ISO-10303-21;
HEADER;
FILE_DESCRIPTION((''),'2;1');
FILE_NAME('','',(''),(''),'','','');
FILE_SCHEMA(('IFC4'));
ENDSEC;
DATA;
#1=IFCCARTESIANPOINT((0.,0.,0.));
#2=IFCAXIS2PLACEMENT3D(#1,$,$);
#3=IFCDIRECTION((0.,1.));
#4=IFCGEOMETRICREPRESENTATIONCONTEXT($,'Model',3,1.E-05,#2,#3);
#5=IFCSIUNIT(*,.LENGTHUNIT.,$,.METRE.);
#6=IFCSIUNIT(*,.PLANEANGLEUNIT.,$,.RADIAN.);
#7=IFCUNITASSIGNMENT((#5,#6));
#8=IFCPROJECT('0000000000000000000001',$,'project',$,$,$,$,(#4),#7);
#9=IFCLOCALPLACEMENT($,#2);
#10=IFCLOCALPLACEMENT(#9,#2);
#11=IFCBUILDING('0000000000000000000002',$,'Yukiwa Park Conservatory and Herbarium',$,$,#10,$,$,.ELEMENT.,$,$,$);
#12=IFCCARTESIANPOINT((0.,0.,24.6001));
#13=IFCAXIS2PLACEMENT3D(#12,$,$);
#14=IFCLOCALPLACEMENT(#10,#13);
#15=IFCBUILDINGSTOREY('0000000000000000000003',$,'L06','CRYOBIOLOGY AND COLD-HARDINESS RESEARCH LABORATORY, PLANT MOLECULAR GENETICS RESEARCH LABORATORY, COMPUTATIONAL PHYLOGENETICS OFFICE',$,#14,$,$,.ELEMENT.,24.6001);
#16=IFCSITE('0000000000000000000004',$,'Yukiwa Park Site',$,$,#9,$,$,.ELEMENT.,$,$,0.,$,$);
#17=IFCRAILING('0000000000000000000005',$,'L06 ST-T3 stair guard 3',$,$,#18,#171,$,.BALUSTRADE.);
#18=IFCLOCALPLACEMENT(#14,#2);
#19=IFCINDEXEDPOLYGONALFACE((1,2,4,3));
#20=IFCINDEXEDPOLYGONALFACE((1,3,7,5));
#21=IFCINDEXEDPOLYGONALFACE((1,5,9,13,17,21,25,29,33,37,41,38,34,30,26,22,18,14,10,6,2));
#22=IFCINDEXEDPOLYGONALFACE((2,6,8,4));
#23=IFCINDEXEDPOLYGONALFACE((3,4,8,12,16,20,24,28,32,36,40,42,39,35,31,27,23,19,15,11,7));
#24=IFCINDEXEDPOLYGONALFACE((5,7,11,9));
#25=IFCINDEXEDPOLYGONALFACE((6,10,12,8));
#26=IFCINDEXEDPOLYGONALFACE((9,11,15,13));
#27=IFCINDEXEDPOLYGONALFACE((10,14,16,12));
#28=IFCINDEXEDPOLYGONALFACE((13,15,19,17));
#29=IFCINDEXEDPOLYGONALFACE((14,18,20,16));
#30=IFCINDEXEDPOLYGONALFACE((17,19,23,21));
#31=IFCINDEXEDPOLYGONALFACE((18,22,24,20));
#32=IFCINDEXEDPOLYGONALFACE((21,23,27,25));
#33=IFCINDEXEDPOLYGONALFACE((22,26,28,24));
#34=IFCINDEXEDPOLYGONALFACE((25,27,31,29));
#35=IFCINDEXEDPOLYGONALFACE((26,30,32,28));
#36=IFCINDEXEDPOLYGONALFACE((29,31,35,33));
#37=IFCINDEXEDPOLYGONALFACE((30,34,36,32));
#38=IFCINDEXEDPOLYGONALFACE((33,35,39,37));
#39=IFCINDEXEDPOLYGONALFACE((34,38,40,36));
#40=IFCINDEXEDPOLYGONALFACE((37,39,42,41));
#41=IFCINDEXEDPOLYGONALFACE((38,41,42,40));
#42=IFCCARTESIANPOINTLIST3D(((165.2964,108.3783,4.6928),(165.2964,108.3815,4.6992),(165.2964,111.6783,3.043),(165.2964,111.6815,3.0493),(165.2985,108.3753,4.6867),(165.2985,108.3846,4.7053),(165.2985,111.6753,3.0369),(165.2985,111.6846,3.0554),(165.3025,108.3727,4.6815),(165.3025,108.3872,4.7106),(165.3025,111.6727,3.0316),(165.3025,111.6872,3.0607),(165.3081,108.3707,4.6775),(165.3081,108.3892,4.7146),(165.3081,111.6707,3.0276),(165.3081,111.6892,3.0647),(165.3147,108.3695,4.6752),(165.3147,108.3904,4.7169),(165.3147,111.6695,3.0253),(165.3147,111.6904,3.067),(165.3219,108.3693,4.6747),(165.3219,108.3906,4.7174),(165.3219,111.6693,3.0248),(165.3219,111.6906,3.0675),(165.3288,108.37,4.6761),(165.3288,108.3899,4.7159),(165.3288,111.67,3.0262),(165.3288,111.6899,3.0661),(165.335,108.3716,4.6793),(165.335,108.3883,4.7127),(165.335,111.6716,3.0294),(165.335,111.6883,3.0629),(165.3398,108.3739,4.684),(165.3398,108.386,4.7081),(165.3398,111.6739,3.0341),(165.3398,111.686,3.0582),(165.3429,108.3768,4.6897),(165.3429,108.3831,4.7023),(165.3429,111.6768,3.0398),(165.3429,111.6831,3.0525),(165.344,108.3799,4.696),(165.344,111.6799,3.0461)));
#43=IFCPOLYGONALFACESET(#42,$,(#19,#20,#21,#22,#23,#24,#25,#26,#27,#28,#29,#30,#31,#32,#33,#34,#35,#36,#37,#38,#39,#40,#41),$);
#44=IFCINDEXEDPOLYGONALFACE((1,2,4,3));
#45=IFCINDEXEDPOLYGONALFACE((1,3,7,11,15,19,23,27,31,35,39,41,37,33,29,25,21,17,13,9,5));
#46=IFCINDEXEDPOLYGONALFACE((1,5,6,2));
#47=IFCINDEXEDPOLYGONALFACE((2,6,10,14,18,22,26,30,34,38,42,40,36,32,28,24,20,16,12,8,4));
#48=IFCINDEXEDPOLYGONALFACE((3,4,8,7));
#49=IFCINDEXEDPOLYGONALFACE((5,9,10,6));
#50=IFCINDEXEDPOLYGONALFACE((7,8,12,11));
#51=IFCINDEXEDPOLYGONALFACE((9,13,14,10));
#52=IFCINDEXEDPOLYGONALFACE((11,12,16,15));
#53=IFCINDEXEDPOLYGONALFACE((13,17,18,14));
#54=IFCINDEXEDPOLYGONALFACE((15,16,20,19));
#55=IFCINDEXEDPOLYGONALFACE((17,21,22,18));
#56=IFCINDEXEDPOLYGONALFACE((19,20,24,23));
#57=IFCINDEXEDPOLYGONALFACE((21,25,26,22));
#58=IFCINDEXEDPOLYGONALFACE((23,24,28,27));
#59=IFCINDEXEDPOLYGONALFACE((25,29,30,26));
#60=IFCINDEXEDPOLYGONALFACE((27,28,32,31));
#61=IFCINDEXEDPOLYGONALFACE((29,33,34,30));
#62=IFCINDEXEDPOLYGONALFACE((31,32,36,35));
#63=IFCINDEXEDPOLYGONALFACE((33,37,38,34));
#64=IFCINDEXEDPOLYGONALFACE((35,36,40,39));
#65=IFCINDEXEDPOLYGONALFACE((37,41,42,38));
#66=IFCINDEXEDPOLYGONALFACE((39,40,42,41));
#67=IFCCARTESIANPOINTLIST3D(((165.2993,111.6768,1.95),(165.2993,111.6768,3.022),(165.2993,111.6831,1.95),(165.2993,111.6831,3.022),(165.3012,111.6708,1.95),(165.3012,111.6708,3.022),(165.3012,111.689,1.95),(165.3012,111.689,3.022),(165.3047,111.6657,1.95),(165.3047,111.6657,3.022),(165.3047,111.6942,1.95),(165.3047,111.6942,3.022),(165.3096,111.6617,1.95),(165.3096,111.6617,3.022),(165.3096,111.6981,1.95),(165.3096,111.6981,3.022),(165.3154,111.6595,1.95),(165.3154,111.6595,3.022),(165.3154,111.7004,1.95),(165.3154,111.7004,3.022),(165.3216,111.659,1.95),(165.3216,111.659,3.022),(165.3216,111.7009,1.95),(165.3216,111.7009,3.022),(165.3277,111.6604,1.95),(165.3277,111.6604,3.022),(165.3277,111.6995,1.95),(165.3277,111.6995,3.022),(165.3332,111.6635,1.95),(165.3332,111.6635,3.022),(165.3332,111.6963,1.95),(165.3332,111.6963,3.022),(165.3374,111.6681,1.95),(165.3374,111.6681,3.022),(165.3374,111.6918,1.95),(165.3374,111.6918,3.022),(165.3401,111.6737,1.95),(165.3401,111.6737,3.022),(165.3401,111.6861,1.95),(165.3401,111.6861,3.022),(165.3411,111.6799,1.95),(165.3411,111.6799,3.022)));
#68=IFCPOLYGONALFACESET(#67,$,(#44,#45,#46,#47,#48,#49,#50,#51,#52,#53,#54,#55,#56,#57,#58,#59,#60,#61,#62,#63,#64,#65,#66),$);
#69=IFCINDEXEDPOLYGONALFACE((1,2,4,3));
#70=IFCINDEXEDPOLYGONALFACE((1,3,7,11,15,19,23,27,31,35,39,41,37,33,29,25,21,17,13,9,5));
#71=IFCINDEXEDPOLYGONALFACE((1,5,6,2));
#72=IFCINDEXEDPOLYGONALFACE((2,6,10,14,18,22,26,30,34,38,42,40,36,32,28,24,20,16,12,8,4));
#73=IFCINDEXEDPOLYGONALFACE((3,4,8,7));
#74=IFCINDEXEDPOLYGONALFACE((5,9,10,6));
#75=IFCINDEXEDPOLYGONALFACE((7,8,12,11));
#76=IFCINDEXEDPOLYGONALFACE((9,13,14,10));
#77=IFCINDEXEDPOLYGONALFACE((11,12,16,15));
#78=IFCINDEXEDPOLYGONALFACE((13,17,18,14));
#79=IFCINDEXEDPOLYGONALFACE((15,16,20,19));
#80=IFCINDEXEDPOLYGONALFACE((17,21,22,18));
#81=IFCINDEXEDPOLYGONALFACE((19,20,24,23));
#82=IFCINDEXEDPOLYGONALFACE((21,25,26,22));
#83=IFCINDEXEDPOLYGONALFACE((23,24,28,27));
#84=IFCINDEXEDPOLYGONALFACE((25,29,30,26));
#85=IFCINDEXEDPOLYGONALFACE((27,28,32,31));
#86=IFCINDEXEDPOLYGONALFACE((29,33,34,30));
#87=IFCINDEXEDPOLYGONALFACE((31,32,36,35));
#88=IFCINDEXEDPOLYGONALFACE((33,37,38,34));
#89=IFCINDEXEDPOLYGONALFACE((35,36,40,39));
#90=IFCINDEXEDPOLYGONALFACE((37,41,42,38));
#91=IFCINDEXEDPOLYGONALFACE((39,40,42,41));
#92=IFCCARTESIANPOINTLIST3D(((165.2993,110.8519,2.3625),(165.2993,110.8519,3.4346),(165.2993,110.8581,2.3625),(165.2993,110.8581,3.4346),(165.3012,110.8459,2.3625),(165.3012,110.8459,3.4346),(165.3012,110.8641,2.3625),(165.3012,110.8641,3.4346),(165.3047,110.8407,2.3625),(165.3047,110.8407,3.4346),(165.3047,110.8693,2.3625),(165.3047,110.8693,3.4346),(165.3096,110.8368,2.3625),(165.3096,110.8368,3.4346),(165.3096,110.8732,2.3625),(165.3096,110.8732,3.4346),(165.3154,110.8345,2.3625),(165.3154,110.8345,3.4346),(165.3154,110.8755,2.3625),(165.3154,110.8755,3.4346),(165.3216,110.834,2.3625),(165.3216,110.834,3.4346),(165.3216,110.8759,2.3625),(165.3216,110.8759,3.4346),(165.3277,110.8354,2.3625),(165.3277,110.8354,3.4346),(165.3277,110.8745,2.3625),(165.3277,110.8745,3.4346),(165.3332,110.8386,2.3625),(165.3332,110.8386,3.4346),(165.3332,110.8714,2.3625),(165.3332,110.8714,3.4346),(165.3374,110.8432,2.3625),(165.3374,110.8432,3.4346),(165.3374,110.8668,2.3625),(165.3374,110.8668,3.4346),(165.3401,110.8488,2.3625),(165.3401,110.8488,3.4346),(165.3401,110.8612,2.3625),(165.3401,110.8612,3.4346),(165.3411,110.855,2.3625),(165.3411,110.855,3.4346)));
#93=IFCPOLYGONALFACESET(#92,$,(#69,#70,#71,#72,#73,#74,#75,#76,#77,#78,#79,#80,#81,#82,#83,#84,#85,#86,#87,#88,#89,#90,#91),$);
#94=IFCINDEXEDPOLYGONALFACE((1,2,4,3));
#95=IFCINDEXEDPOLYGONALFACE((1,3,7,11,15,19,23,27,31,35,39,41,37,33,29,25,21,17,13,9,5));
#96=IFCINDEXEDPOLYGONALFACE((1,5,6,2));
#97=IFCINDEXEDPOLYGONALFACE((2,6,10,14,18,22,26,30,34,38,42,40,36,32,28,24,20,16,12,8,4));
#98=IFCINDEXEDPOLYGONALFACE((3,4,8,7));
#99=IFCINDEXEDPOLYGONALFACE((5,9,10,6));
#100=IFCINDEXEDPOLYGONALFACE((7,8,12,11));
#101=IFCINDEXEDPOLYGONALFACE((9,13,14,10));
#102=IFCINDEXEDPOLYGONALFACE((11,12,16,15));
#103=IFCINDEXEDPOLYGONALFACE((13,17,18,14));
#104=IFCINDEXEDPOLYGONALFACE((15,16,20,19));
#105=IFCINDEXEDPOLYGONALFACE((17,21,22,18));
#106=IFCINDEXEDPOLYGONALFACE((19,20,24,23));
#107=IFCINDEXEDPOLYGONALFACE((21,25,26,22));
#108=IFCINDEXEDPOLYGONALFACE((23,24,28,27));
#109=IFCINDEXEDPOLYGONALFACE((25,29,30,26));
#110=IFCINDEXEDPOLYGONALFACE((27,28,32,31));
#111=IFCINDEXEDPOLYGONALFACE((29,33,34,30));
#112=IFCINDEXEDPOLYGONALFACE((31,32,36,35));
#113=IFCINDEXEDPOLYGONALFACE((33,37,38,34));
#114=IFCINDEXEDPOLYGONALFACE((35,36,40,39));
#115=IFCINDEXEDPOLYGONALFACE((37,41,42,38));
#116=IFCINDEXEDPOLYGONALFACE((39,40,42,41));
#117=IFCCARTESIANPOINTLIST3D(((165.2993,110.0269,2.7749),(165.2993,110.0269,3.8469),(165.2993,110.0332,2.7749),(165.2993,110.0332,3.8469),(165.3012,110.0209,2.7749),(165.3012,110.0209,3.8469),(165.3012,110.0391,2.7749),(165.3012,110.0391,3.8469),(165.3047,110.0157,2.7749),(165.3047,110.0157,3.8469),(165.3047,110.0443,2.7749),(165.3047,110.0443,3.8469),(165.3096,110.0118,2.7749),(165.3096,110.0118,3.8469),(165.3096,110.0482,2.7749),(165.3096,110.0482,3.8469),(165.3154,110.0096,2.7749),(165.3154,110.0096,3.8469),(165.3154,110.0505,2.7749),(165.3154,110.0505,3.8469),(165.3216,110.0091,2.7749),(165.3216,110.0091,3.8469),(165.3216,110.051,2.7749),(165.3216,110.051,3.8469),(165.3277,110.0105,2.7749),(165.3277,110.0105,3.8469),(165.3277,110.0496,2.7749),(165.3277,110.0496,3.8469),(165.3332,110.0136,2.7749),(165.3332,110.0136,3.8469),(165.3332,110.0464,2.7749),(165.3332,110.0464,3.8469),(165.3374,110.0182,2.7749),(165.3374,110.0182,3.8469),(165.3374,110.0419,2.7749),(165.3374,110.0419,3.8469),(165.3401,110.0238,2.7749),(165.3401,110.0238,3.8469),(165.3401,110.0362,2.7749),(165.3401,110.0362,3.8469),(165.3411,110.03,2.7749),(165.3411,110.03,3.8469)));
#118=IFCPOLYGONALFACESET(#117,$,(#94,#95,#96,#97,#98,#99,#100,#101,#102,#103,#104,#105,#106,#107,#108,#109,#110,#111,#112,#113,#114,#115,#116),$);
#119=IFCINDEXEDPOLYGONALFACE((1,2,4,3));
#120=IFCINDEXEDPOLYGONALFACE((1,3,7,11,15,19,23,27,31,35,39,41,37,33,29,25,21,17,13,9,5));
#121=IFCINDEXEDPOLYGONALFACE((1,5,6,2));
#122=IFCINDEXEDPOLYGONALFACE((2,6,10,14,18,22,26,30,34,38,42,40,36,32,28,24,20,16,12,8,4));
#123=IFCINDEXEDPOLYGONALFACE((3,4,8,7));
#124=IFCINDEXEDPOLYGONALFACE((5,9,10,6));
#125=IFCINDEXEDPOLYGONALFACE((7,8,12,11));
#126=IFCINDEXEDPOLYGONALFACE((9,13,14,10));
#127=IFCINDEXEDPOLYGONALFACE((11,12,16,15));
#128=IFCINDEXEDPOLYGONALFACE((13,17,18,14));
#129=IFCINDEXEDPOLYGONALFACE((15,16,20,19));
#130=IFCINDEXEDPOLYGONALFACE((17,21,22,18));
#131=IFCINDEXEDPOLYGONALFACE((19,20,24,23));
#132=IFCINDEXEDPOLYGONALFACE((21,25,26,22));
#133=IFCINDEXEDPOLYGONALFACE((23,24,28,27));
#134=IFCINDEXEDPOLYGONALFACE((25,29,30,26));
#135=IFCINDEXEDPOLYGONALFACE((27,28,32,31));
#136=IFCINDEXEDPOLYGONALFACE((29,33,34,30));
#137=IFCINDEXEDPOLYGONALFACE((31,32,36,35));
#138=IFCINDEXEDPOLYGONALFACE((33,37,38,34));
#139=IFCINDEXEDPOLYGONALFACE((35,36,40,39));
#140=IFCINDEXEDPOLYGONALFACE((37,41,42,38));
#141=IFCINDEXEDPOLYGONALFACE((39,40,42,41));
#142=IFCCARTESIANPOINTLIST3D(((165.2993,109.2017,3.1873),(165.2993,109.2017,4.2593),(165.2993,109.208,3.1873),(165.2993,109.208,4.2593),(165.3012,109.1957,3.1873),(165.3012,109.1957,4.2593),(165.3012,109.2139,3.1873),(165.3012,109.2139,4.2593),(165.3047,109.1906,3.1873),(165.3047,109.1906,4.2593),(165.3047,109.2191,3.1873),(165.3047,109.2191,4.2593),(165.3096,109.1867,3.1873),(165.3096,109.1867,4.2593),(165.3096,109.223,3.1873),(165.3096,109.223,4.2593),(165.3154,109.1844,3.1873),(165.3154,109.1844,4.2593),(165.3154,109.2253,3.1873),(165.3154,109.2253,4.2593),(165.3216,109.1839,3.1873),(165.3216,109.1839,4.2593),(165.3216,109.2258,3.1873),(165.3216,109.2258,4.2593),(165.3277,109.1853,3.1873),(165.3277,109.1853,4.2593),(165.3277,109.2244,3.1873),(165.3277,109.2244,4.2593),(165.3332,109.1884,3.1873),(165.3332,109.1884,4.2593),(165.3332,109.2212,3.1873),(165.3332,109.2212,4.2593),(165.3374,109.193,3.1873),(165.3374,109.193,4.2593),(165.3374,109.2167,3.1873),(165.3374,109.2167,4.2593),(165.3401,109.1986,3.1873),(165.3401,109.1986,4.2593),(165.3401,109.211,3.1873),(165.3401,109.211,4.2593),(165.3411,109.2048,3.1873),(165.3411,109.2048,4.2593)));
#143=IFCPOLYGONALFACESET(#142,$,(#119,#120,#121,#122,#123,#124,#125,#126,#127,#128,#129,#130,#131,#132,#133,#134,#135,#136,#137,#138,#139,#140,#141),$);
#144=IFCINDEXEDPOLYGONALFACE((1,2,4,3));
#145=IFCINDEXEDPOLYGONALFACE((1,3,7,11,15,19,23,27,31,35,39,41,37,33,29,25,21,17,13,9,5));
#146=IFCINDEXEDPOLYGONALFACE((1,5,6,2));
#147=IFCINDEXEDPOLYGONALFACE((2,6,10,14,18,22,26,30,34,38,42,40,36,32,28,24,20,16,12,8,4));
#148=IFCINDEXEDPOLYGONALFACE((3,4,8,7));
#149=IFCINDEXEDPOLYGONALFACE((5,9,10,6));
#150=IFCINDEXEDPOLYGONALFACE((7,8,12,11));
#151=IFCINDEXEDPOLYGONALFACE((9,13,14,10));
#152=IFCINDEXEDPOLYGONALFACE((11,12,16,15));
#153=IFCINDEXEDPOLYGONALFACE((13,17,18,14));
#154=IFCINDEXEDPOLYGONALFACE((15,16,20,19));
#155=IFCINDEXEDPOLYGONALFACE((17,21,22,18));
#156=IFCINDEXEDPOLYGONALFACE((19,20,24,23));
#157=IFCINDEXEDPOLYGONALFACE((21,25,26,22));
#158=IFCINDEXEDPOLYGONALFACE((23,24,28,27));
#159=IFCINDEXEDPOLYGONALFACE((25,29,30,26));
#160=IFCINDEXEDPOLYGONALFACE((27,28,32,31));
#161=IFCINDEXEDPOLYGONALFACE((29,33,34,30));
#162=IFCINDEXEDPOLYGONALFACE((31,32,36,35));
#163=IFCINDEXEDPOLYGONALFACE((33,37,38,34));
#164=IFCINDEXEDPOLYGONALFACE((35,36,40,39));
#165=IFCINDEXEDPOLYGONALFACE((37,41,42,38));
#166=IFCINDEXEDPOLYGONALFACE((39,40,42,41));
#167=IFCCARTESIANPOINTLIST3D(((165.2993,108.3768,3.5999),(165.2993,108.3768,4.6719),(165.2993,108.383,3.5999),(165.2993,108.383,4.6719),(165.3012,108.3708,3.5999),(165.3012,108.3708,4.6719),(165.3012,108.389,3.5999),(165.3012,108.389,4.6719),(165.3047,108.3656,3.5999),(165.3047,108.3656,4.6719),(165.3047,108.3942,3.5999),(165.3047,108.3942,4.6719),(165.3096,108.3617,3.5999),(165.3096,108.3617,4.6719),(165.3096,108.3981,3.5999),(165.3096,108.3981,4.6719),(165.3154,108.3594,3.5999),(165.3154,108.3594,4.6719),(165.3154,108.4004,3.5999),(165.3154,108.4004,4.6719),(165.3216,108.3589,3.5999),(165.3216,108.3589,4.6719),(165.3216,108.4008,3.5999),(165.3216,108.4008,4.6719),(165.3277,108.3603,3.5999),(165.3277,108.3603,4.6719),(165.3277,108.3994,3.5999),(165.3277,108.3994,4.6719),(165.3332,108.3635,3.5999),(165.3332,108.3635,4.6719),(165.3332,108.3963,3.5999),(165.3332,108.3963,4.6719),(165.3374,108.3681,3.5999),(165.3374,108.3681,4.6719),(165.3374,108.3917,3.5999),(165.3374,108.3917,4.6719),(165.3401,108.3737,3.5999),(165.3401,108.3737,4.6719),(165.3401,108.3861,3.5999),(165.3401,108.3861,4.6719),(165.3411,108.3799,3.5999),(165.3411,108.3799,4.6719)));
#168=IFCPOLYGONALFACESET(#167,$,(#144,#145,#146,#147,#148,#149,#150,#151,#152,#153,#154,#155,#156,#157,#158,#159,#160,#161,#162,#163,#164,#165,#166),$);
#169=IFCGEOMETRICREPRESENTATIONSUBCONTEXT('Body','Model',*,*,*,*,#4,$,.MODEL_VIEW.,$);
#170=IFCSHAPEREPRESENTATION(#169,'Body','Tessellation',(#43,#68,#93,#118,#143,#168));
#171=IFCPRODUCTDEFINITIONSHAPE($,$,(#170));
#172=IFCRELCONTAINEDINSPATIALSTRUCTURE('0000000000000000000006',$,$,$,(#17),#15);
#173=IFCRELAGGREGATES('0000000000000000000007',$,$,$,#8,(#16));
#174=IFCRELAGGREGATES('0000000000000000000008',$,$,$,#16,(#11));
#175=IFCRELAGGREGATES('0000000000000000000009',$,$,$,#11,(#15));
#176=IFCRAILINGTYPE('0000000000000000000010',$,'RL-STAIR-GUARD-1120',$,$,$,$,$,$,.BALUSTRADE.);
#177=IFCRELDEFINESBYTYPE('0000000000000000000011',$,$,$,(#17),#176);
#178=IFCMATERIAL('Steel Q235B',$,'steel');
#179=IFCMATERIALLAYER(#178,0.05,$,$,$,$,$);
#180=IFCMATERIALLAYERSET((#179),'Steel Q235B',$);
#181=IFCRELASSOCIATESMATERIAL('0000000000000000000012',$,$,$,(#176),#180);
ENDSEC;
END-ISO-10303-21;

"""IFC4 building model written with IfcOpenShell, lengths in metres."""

from ifc_helpers import new_model, si_unit, direction, frame, origin, origin_2d, place, context, subcontext, project, spatial, circle, extrude, material, layer, layer_set, type_object, element, save


model = new_model("IFC4")

# Units and contexts
model_context = context("Model", 3, precision=1e-05, world=origin(), true_north=direction((0.0, 1.0)))
body_context = subcontext(model_context, "Body", "Model", "MODEL_VIEW")
ifc_project = project(units=[si_unit("LENGTHUNIT", "METRE"), si_unit("PLANEANGLEUNIT", "RADIAN")], contexts=[model_context])

# Site, building, storey
site_placement = place(None, origin())
site = spatial("IfcSite", under=ifc_project, at=site_placement, Name="Yukiwa Park Site", CompositionType="ELEMENT", RefElevation=0.0)
building_placement = place(site_placement, origin())
building = spatial("IfcBuilding", under=site, at=building_placement, Name="Yukiwa Park Conservatory and Herbarium", CompositionType="ELEMENT")
storey_placement = place(building_placement, frame((0.0, 0.0, 24.6001)))
storey = spatial("IfcBuildingStorey", under=building, at=storey_placement, Name="L06", Description="CRYOBIOLOGY AND COLD-HARDINESS RESEARCH LABORATORY, PLANT MOLECULAR GENETICS RESEARCH LABORATORY, COMPUTATIONAL PHYLOGENETICS OFFICE", CompositionType="ELEMENT", Elevation=24.6001)

# Railing
ifc_material_1 = material(Name="Steel Q235B", Category="steel")
ifc_layer_1 = layer(ifc_material_1, 0.05)
ifc_layer_set_1 = layer_set([ifc_layer_1], Name="Steel Q235B")
railing_type_1 = type_object("IfcRailingType", Name="RL-STAIR-GUARD-1120", PredefinedType="BALUSTRADE", material=ifc_layer_set_1)
railing_1_placement = place(storey_placement, frame((165.3201, 111.6799, 1.95)))
element("IfcRailing", 1, at=railing_1_placement, inside=storey, type_object=railing_type_1, Name="L06 ST-T3 stair guard 3", PredefinedType="BALUSTRADE", context=body_context, shape_type="SweptSolid", body=[
    extrude(circle(Radius=0.0239, at=origin_2d()), frame((0.0, 0.0, 1.0962), z_axis=(0.0, -0.89444, 0.447187), x_axis=(1.0, 0.0, 0.0)), (0.0, 0.0, 1.0), 3.6895),
    extrude(circle(Radius=0.021, at=origin_2d()), origin(), (0.0, 0.0, 1.0), 1.072),
    extrude(circle(Radius=0.021, at=origin_2d()), frame((0.0, -0.825, 0.4126)), (0.0, 0.0, 1.0), 1.072),
    extrude(circle(Radius=0.021, at=origin_2d()), frame((0.0, -1.6499, 0.825)), (0.0, 0.0, 1.0), 1.072),
    extrude(circle(Radius=0.021, at=origin_2d()), frame((0.0, -2.4751, 1.2373)), (0.0, 0.0, 1.0), 1.072),
    extrude(circle(Radius=0.021, at=origin_2d()), frame((0.0, -3.3, 1.6499)), (0.0, 0.0, 1.0), 1.072),
])

save(model, "model.ifc")
